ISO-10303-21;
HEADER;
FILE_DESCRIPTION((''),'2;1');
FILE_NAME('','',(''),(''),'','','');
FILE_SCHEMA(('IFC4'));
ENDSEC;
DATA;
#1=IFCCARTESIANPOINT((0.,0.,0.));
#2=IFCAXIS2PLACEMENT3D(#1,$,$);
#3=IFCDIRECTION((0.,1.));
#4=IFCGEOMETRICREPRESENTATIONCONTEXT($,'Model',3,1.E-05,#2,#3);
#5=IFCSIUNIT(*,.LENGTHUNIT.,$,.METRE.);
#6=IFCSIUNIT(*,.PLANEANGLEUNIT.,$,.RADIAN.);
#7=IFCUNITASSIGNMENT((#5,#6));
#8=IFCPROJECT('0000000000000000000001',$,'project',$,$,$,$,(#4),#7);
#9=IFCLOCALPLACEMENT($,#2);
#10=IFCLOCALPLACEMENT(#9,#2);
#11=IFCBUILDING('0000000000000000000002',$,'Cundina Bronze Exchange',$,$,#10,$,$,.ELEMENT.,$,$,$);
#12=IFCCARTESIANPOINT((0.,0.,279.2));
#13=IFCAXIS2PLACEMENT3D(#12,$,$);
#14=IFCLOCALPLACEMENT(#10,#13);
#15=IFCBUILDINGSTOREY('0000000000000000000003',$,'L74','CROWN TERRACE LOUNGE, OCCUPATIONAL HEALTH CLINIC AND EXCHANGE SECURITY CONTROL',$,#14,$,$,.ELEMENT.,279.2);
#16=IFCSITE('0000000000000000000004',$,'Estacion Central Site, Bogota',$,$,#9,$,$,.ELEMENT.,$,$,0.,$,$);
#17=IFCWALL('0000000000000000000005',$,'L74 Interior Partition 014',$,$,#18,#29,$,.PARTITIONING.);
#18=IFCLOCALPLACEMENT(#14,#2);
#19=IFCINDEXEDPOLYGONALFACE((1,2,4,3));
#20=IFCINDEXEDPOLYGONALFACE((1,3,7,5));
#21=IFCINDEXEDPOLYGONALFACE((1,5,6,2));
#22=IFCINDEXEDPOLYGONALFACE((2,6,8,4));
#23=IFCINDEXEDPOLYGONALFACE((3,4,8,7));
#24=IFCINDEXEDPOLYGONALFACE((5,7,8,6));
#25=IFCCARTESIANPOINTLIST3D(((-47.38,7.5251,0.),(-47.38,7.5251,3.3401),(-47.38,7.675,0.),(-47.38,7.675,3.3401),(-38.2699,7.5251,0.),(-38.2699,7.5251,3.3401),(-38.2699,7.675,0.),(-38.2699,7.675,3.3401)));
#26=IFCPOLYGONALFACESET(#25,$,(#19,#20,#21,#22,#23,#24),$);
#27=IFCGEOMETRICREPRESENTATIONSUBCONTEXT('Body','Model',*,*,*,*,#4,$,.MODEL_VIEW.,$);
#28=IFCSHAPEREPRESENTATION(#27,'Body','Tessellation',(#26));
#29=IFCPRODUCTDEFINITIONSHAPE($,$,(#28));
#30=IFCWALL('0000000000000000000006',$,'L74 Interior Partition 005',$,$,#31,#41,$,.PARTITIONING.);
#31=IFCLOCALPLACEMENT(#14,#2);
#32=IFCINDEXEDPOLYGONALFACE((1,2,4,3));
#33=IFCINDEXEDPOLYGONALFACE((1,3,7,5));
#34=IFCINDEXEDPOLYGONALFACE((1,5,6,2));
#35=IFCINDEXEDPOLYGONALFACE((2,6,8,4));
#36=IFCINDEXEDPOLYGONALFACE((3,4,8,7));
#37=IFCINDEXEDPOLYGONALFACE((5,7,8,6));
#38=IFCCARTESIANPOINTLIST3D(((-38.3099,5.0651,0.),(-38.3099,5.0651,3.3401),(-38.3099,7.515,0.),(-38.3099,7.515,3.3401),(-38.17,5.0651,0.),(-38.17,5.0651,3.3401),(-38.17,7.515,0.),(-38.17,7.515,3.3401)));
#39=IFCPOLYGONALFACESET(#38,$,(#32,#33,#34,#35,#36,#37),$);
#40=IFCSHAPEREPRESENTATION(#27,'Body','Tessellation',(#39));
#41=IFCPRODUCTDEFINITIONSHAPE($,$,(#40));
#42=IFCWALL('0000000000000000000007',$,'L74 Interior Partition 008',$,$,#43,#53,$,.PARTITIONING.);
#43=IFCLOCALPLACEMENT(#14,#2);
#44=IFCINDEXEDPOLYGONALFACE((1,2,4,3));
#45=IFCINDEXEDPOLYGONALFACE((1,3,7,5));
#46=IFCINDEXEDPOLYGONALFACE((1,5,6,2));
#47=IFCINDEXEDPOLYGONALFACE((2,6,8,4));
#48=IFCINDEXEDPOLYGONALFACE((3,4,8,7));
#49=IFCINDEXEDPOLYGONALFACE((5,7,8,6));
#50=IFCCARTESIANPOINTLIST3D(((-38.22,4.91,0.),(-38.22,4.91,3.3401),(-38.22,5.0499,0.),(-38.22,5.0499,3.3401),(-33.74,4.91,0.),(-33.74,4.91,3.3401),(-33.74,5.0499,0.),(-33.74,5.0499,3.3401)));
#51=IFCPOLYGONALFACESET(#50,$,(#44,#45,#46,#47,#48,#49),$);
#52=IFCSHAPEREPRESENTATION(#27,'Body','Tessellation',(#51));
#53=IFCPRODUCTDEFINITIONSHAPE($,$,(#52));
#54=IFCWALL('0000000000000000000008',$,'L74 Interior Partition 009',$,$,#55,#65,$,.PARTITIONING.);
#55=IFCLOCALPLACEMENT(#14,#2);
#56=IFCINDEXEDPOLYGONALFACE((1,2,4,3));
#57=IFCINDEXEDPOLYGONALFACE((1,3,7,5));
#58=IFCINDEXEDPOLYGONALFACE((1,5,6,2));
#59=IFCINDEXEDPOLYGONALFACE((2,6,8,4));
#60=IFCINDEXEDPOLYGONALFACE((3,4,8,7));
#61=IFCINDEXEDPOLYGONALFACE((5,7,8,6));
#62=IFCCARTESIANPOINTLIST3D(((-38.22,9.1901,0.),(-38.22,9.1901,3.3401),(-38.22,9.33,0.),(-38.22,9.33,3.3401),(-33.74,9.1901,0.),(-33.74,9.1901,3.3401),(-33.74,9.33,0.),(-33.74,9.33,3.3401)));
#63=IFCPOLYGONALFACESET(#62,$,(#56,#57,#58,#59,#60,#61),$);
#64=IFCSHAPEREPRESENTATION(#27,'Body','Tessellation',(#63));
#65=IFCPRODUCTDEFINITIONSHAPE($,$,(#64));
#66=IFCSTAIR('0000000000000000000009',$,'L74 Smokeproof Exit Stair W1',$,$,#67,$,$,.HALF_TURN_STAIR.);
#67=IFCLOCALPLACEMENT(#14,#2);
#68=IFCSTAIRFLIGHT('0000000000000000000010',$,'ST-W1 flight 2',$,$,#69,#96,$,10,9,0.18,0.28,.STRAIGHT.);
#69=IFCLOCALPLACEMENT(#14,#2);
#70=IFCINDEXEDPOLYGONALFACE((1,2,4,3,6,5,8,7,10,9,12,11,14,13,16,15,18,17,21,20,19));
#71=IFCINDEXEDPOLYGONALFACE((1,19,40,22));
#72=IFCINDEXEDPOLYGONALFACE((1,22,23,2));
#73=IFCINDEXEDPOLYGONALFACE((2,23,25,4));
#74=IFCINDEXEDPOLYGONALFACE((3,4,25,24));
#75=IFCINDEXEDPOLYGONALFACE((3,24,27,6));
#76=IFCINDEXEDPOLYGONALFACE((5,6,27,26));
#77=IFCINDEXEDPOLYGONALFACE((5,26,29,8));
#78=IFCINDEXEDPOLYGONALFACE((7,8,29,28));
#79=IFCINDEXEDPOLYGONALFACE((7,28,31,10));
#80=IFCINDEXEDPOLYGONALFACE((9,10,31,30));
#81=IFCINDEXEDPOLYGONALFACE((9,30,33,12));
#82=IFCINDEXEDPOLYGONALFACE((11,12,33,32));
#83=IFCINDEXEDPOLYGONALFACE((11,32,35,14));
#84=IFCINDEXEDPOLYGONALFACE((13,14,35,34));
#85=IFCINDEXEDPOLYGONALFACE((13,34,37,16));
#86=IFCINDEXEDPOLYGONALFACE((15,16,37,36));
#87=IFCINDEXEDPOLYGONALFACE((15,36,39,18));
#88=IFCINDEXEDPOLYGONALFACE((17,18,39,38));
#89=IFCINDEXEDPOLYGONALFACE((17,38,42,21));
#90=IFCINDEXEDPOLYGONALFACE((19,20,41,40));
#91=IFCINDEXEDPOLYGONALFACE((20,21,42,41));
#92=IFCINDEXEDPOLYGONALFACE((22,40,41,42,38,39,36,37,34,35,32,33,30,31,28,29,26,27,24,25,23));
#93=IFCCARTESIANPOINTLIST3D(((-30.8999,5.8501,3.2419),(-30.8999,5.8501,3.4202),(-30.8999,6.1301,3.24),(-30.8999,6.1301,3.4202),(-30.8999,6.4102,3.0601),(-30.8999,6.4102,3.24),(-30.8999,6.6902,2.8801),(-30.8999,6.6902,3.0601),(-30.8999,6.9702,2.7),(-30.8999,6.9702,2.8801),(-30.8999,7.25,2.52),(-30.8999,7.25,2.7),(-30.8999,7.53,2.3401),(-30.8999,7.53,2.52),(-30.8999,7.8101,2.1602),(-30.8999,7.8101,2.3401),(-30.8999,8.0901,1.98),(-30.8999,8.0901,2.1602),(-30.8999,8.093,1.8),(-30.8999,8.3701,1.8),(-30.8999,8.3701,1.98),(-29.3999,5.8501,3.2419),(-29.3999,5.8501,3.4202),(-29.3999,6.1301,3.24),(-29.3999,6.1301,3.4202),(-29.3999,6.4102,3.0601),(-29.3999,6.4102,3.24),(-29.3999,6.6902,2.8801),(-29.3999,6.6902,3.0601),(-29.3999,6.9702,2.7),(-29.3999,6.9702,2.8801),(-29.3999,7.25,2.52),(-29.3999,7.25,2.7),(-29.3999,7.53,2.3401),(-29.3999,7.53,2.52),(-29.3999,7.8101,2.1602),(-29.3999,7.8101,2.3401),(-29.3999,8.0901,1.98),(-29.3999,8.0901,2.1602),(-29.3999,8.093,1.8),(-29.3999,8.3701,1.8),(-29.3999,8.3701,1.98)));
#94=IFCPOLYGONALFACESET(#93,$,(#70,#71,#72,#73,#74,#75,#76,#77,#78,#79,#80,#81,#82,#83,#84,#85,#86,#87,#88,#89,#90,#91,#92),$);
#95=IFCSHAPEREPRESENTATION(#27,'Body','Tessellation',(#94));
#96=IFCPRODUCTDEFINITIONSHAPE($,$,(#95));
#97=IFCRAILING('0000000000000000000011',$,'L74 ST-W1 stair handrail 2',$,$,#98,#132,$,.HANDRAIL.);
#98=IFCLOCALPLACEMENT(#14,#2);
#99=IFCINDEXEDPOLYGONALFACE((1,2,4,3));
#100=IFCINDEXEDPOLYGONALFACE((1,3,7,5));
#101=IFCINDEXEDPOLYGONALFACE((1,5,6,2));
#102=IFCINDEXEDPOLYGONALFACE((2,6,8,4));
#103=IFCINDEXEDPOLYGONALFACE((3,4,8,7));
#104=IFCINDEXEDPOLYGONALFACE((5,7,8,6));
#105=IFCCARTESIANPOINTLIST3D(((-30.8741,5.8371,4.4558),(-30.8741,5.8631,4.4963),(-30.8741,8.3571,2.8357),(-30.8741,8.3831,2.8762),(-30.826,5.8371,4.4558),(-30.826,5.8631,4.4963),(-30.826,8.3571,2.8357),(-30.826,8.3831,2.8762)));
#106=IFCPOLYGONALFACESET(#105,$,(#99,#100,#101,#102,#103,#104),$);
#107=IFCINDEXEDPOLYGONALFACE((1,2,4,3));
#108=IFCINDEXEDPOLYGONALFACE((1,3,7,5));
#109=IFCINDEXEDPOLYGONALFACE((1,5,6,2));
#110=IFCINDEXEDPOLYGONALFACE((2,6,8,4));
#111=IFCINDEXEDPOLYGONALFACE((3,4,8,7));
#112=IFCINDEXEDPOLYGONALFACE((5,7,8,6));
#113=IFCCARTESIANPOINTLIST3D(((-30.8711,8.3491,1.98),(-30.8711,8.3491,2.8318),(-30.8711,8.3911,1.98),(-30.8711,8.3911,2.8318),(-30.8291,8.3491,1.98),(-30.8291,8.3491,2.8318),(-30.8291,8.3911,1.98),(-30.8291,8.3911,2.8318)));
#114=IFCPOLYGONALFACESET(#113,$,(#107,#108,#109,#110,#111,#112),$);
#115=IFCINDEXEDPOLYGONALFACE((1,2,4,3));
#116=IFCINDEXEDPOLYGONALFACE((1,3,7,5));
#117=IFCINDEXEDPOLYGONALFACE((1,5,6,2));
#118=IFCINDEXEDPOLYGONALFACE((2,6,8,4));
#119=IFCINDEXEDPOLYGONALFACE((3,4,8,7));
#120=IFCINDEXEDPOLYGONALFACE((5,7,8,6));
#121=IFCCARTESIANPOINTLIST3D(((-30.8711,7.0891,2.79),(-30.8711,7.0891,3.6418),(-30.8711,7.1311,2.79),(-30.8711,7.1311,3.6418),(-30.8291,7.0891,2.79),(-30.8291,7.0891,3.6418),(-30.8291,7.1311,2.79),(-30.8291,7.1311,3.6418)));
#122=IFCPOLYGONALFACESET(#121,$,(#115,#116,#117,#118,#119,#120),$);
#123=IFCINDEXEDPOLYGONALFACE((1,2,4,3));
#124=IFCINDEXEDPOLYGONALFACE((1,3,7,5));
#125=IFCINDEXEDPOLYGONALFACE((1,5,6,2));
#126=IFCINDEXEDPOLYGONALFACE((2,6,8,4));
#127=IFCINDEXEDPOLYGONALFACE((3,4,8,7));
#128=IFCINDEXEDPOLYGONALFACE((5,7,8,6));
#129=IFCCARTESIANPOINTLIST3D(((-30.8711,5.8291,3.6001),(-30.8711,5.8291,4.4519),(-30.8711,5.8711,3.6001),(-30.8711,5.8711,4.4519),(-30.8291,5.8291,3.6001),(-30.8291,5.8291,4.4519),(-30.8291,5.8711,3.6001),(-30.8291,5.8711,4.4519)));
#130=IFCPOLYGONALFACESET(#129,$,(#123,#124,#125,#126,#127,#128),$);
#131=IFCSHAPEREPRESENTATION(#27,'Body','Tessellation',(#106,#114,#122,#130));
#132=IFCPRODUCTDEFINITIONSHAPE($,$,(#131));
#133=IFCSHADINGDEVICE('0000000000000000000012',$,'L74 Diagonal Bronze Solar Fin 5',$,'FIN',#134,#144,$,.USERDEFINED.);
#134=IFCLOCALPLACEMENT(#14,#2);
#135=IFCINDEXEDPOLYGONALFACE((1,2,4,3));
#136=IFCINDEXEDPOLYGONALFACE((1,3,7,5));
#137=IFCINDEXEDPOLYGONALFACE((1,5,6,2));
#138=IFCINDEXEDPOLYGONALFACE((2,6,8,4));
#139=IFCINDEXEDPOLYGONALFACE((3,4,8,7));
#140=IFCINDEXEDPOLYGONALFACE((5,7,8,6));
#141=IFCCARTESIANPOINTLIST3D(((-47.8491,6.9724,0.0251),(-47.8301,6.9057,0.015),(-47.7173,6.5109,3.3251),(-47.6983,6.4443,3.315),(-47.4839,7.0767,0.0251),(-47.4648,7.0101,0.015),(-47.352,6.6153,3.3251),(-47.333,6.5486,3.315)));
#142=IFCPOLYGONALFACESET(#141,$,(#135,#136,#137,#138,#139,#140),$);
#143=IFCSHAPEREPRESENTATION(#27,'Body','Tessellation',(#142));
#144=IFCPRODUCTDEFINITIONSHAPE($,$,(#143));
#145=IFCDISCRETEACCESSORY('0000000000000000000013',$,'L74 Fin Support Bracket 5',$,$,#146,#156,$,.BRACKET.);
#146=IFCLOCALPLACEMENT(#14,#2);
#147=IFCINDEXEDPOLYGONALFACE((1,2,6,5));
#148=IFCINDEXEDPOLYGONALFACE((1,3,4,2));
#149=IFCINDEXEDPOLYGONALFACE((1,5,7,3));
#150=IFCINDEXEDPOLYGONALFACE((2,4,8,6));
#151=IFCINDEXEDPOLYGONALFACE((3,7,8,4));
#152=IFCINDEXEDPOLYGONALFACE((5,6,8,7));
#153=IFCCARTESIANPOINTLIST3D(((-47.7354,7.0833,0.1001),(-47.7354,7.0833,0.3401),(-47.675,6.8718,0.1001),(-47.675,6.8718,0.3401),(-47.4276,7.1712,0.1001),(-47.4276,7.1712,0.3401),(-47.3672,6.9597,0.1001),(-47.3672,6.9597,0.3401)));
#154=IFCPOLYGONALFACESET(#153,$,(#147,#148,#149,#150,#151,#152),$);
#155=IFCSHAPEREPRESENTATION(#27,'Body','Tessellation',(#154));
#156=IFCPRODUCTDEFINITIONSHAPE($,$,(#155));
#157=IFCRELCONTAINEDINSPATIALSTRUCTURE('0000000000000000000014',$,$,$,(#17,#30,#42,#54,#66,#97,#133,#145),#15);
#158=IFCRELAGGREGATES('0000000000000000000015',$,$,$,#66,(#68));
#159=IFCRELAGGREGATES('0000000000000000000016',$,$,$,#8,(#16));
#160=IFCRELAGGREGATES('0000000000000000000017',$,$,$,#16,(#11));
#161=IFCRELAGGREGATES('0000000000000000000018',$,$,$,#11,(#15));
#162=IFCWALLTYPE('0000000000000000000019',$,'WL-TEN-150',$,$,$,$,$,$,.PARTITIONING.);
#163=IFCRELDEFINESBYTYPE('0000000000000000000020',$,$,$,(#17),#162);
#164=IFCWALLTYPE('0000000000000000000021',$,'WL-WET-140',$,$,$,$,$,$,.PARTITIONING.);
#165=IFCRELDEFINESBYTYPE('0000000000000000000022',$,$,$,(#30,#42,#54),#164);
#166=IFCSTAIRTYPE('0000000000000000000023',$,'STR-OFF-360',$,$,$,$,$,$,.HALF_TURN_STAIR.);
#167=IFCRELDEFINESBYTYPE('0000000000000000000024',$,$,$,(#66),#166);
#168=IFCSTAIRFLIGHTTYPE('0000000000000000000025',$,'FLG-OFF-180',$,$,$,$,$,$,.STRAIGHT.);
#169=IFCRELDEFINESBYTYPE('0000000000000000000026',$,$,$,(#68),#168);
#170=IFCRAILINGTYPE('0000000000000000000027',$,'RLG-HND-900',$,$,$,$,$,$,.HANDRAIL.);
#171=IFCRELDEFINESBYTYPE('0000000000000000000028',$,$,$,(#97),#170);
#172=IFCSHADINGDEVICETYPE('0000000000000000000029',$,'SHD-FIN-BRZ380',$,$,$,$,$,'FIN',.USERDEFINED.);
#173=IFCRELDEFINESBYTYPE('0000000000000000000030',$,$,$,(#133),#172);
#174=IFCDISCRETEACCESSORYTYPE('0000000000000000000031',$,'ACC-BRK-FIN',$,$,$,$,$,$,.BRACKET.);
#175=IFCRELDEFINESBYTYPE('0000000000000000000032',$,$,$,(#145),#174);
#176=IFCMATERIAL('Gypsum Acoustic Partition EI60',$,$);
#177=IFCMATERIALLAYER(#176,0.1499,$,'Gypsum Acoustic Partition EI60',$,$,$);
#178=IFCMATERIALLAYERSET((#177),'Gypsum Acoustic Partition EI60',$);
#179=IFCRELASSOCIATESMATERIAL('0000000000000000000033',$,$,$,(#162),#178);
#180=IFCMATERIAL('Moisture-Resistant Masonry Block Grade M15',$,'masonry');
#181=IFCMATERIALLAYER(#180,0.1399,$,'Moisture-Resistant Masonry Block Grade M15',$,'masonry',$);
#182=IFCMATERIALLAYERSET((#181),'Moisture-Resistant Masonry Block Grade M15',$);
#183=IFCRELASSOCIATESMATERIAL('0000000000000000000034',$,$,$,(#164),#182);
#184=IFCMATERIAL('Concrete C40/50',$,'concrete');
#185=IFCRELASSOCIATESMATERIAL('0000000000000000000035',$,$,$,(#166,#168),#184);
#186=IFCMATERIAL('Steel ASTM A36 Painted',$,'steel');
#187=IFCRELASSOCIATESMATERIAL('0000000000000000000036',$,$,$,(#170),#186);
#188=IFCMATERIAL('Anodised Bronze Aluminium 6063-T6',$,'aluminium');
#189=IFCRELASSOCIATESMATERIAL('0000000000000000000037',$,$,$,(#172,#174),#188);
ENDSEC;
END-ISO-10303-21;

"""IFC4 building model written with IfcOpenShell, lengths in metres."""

from ifc_helpers import new_model, si_unit, direction, frame, frame_2d, origin, origin_2d, place, context, subcontext, project, spatial, polyline, rectangle, outline, extrude, material, layer, layer_set, material_profile, profile_set, type_object, element, aggregate, save


model = new_model("IFC4")

# Units and contexts
model_context = context("Model", 3, precision=1e-05, world=origin(), true_north=direction((0.0, 1.0)))
body_context = subcontext(model_context, "Body", "Model", "MODEL_VIEW")
ifc_project = project(units=[si_unit("LENGTHUNIT", "METRE"), si_unit("PLANEANGLEUNIT", "RADIAN")], contexts=[model_context])

# Site, building, storey
site_placement = place(None, origin())
site = spatial("IfcSite", under=ifc_project, at=site_placement, Name="Estacion Central Site, Bogota", CompositionType="ELEMENT", RefElevation=0.0)
building_placement = place(site_placement, origin())
building = spatial("IfcBuilding", under=site, at=building_placement, Name="Cundina Bronze Exchange", CompositionType="ELEMENT")
storey_placement = place(building_placement, frame((0.0, 0.0, 279.2)))
storey = spatial("IfcBuildingStorey", under=building, at=storey_placement, Name="L74", Description="CROWN TERRACE LOUNGE, OCCUPATIONAL HEALTH CLINIC AND EXCHANGE SECURITY CONTROL", CompositionType="ELEMENT", Elevation=279.2)

# Shared definitions
ifc_material_1 = material(Name="Anodised Bronze Aluminium 6063-T6", Category="aluminium")

# Shared definitions
ifc_material_2 = material(Name="Steel ASTM A36 Painted", Category="steel")

# Walls
ifc_material_3 = material(Name="Gypsum Acoustic Partition EI60")
ifc_layer_1 = layer(ifc_material_3, 0.1499, Name="Gypsum Acoustic Partition EI60")
ifc_layer_set_1 = layer_set([ifc_layer_1], Name="Gypsum Acoustic Partition EI60")
wall_type_1 = type_object("IfcWallType", Name="WL-TEN-150", PredefinedType="PARTITIONING", material=ifc_layer_set_1)
wall_1_placement = place(storey_placement, frame((-47.3801, 7.6001, 0.0), z_axis=(0.0, 0.0, 1.0), x_axis=(1.0, 0.0, 0.0)))
element("IfcWall", 1, at=wall_1_placement, inside=storey, type_object=wall_type_1, Name="L74 Interior Partition 014", PredefinedType="PARTITIONING", context=body_context, shape_type="SweptSolid", body=[
    extrude(rectangle(XDim=9.1101, YDim=0.1499, at=frame_2d((4.5552, 0.0))), origin(), (0.0, 0.0, 1.0), 3.3401),
])
ifc_material_4 = material(Name="Moisture-Resistant Masonry Block Grade M15", Category="masonry")
ifc_layer_2 = layer(ifc_material_4, 0.1399, Name="Moisture-Resistant Masonry Block Grade M15", Category="masonry")
ifc_layer_set_2 = layer_set([ifc_layer_2], Name="Moisture-Resistant Masonry Block Grade M15")
wall_type_2 = type_object("IfcWallType", Name="WL-WET-140", PredefinedType="PARTITIONING", material=ifc_layer_set_2)
wall_2_placement = place(storey_placement, frame((-38.24, 5.0649, 0.0), z_axis=(0.0, 0.0, 1.0), x_axis=(0.0, 1.0, 0.0)))
element("IfcWall", 2, at=wall_2_placement, inside=storey, type_object=wall_type_2, Name="L74 Interior Partition 005", PredefinedType="PARTITIONING", context=body_context, shape_type="SweptSolid", body=[
    extrude(rectangle(XDim=2.45, YDim=0.1399, at=frame_2d((1.2251, 0.0))), origin(), (0.0, 0.0, 1.0), 3.3401),
])
for number, where, z_axis, x_axis, name in (
    (3, (-38.22, 4.98, 0.0), (0.0, 0.0, 1.0), (1.0, 0.0, 0.0), "L74 Interior Partition 008"),
    (4, (-38.22, 9.26, 0.0), (0.0, 0.0, 1.0), (1.0, 0.0, 0.0), "L74 Interior Partition 009"),
):
    element("IfcWall", number, at=place(storey_placement, frame(where, z_axis=z_axis, x_axis=x_axis)), inside=storey, type_object=wall_type_2, Name=name, PredefinedType="PARTITIONING", context=body_context, shape_type="SweptSolid", body=[
        extrude(rectangle(XDim=4.48, YDim=0.1399, at=frame_2d((2.24, 0.0))), origin(), (0.0, 0.0, 1.0), 3.3401),
    ])

# Stair, stair flight
ifc_material_5 = material(Name="Concrete C40/50", Category="concrete")
stair_type = type_object("IfcStairType", Name="STR-OFF-360", PredefinedType="HALF_TURN_STAIR", material=ifc_material_5)
stair_placement = place(storey_placement, origin())
stair = element("IfcStair", 5, at=stair_placement, inside=storey, type_object=stair_type, Name="L74 Smokeproof Exit Stair W1", PredefinedType="HALF_TURN_STAIR")
stair_flight_type = type_object("IfcStairFlightType", Name="FLG-OFF-180", PredefinedType="STRAIGHT", material=ifc_material_5)
stair_flight_placement = place(storey_placement, frame((-30.1499, 8.3701, 1.8), z_axis=(0.0, 0.0, 1.0), x_axis=(0.0, -1.0, 0.0)))
stair_flight = element("IfcStairFlight", 6, at=stair_flight_placement, type_object=stair_flight_type, Name="ST-W1 flight 2", NumberOfRisers=10, NumberOfTreads=9, PredefinedType="STRAIGHT", RiserHeight=0.18, TreadLength=0.28, context=body_context, shape_type="SweptSolid", body=[
    extrude(outline(polyline([(0.0, 0.0), (0.0, 0.1799), (0.28, 0.1799), (0.28, 0.3601), (0.5601, 0.3601), (0.5601, 0.54), (0.8401, 0.54), (0.8401, 0.72), (1.1201, 0.72), (1.1201, 0.8999), (1.3999, 0.8999), (1.3999, 1.0801), (1.6799, 1.0801), (1.6799, 1.26), (1.96, 1.26), (1.96, 1.4399), (2.24, 1.4399), (2.24, 1.6201), (2.52, 1.6201), (2.52, 1.8), (2.52, 1.4419), (0.2771, 0.0), (0.0, 0.0)])), frame((0.0, 0.75, 0.0), z_axis=(0.0, -1.0, 0.0), x_axis=(1.0, 0.0, 0.0)), (0.0, 0.0, 1.0), 1.5),
])
aggregate(stair, [stair_flight])

# Railing
railing_type = type_object("IfcRailingType", Name="RLG-HND-900", PredefinedType="HANDRAIL", material=ifc_material_2)
railing_placement = place(storey_placement, frame((-30.8501, 8.3701, 1.98)))
element("IfcRailing", 7, at=railing_placement, inside=storey, type_object=railing_type, Name="L74 ST-W1 stair handrail 2", PredefinedType="HANDRAIL", context=body_context, shape_type="SweptSolid", body=[
    extrude(rectangle(XDim=0.0481, YDim=0.0481, at=origin_2d()), frame((0.0, 0.0, 0.876), z_axis=(0.0, -0.841163, 0.540782), x_axis=(1.0, 0.0, 0.0)), (0.0, 0.0, 1.0), 2.9958),
    extrude(rectangle(XDim=0.042, YDim=0.042, at=origin_2d()), origin(), (0.0, 0.0, 1.0), 0.8518),
    extrude(rectangle(XDim=0.042, YDim=0.042, at=origin_2d()), frame((0.0, -1.26, 0.8101)), (0.0, 0.0, 1.0), 0.8518),
    extrude(rectangle(XDim=0.042, YDim=0.042, at=origin_2d()), frame((0.0, -2.52, 1.6201)), (0.0, 0.0, 1.0), 0.8518),
])

# Shading device
ifc_material_profile_1 = material_profile(ifc_material_1, rectangle(XDim=0.0701, YDim=0.3799, at=origin_2d()), Name="FIN70X380", Category="aluminium")
ifc_profile_set_1 = profile_set([ifc_material_profile_1], Name="Anodised Bronze Aluminium 6063-T6")
shading_device_type = type_object("IfcShadingDeviceType", Name="SHD-FIN-BRZ380", ElementType="FIN", PredefinedType="USERDEFINED", material=ifc_profile_set_1)
shading_device_placement = place(storey_placement, frame((-47.657, 6.9912, 0.02), z_axis=(0.039534, -0.138369, 0.989591), x_axis=(-0.271862, 0.951516, 0.143905)))
element("IfcShadingDevice", 8, at=shading_device_placement, inside=storey, type_object=shading_device_type, Name="L74 Diagonal Bronze Solar Fin 5", ObjectType="FIN", PredefinedType="USERDEFINED", context=body_context, shape_type="SweptSolid", body=[
    extrude(rectangle(XDim=0.0701, YDim=0.3799, at=origin_2d()), origin(), (0.0, 0.0, 1.0), 3.3347),
])

# Discrete accessory
discrete_accessory_type = type_object("IfcDiscreteAccessoryType", Name="ACC-BRK-FIN", PredefinedType="BRACKET", material=ifc_material_1)
discrete_accessory_placement = place(storey_placement, frame((-47.5513, 7.0215, 0.1001), z_axis=(0.0, 0.0, 1.0), x_axis=(0.274563, -0.961569, 0.0)))
element("IfcDiscreteAccessory", 9, at=discrete_accessory_placement, inside=storey, type_object=discrete_accessory_type, Name="L74 Fin Support Bracket 5", PredefinedType="BRACKET", context=body_context, shape_type="SweptSolid", body=[
    extrude(rectangle(XDim=0.22, YDim=0.3201, at=origin_2d()), origin(), (0.0, 0.0, 1.0), 0.24),
])

save(model, "model.ifc")
